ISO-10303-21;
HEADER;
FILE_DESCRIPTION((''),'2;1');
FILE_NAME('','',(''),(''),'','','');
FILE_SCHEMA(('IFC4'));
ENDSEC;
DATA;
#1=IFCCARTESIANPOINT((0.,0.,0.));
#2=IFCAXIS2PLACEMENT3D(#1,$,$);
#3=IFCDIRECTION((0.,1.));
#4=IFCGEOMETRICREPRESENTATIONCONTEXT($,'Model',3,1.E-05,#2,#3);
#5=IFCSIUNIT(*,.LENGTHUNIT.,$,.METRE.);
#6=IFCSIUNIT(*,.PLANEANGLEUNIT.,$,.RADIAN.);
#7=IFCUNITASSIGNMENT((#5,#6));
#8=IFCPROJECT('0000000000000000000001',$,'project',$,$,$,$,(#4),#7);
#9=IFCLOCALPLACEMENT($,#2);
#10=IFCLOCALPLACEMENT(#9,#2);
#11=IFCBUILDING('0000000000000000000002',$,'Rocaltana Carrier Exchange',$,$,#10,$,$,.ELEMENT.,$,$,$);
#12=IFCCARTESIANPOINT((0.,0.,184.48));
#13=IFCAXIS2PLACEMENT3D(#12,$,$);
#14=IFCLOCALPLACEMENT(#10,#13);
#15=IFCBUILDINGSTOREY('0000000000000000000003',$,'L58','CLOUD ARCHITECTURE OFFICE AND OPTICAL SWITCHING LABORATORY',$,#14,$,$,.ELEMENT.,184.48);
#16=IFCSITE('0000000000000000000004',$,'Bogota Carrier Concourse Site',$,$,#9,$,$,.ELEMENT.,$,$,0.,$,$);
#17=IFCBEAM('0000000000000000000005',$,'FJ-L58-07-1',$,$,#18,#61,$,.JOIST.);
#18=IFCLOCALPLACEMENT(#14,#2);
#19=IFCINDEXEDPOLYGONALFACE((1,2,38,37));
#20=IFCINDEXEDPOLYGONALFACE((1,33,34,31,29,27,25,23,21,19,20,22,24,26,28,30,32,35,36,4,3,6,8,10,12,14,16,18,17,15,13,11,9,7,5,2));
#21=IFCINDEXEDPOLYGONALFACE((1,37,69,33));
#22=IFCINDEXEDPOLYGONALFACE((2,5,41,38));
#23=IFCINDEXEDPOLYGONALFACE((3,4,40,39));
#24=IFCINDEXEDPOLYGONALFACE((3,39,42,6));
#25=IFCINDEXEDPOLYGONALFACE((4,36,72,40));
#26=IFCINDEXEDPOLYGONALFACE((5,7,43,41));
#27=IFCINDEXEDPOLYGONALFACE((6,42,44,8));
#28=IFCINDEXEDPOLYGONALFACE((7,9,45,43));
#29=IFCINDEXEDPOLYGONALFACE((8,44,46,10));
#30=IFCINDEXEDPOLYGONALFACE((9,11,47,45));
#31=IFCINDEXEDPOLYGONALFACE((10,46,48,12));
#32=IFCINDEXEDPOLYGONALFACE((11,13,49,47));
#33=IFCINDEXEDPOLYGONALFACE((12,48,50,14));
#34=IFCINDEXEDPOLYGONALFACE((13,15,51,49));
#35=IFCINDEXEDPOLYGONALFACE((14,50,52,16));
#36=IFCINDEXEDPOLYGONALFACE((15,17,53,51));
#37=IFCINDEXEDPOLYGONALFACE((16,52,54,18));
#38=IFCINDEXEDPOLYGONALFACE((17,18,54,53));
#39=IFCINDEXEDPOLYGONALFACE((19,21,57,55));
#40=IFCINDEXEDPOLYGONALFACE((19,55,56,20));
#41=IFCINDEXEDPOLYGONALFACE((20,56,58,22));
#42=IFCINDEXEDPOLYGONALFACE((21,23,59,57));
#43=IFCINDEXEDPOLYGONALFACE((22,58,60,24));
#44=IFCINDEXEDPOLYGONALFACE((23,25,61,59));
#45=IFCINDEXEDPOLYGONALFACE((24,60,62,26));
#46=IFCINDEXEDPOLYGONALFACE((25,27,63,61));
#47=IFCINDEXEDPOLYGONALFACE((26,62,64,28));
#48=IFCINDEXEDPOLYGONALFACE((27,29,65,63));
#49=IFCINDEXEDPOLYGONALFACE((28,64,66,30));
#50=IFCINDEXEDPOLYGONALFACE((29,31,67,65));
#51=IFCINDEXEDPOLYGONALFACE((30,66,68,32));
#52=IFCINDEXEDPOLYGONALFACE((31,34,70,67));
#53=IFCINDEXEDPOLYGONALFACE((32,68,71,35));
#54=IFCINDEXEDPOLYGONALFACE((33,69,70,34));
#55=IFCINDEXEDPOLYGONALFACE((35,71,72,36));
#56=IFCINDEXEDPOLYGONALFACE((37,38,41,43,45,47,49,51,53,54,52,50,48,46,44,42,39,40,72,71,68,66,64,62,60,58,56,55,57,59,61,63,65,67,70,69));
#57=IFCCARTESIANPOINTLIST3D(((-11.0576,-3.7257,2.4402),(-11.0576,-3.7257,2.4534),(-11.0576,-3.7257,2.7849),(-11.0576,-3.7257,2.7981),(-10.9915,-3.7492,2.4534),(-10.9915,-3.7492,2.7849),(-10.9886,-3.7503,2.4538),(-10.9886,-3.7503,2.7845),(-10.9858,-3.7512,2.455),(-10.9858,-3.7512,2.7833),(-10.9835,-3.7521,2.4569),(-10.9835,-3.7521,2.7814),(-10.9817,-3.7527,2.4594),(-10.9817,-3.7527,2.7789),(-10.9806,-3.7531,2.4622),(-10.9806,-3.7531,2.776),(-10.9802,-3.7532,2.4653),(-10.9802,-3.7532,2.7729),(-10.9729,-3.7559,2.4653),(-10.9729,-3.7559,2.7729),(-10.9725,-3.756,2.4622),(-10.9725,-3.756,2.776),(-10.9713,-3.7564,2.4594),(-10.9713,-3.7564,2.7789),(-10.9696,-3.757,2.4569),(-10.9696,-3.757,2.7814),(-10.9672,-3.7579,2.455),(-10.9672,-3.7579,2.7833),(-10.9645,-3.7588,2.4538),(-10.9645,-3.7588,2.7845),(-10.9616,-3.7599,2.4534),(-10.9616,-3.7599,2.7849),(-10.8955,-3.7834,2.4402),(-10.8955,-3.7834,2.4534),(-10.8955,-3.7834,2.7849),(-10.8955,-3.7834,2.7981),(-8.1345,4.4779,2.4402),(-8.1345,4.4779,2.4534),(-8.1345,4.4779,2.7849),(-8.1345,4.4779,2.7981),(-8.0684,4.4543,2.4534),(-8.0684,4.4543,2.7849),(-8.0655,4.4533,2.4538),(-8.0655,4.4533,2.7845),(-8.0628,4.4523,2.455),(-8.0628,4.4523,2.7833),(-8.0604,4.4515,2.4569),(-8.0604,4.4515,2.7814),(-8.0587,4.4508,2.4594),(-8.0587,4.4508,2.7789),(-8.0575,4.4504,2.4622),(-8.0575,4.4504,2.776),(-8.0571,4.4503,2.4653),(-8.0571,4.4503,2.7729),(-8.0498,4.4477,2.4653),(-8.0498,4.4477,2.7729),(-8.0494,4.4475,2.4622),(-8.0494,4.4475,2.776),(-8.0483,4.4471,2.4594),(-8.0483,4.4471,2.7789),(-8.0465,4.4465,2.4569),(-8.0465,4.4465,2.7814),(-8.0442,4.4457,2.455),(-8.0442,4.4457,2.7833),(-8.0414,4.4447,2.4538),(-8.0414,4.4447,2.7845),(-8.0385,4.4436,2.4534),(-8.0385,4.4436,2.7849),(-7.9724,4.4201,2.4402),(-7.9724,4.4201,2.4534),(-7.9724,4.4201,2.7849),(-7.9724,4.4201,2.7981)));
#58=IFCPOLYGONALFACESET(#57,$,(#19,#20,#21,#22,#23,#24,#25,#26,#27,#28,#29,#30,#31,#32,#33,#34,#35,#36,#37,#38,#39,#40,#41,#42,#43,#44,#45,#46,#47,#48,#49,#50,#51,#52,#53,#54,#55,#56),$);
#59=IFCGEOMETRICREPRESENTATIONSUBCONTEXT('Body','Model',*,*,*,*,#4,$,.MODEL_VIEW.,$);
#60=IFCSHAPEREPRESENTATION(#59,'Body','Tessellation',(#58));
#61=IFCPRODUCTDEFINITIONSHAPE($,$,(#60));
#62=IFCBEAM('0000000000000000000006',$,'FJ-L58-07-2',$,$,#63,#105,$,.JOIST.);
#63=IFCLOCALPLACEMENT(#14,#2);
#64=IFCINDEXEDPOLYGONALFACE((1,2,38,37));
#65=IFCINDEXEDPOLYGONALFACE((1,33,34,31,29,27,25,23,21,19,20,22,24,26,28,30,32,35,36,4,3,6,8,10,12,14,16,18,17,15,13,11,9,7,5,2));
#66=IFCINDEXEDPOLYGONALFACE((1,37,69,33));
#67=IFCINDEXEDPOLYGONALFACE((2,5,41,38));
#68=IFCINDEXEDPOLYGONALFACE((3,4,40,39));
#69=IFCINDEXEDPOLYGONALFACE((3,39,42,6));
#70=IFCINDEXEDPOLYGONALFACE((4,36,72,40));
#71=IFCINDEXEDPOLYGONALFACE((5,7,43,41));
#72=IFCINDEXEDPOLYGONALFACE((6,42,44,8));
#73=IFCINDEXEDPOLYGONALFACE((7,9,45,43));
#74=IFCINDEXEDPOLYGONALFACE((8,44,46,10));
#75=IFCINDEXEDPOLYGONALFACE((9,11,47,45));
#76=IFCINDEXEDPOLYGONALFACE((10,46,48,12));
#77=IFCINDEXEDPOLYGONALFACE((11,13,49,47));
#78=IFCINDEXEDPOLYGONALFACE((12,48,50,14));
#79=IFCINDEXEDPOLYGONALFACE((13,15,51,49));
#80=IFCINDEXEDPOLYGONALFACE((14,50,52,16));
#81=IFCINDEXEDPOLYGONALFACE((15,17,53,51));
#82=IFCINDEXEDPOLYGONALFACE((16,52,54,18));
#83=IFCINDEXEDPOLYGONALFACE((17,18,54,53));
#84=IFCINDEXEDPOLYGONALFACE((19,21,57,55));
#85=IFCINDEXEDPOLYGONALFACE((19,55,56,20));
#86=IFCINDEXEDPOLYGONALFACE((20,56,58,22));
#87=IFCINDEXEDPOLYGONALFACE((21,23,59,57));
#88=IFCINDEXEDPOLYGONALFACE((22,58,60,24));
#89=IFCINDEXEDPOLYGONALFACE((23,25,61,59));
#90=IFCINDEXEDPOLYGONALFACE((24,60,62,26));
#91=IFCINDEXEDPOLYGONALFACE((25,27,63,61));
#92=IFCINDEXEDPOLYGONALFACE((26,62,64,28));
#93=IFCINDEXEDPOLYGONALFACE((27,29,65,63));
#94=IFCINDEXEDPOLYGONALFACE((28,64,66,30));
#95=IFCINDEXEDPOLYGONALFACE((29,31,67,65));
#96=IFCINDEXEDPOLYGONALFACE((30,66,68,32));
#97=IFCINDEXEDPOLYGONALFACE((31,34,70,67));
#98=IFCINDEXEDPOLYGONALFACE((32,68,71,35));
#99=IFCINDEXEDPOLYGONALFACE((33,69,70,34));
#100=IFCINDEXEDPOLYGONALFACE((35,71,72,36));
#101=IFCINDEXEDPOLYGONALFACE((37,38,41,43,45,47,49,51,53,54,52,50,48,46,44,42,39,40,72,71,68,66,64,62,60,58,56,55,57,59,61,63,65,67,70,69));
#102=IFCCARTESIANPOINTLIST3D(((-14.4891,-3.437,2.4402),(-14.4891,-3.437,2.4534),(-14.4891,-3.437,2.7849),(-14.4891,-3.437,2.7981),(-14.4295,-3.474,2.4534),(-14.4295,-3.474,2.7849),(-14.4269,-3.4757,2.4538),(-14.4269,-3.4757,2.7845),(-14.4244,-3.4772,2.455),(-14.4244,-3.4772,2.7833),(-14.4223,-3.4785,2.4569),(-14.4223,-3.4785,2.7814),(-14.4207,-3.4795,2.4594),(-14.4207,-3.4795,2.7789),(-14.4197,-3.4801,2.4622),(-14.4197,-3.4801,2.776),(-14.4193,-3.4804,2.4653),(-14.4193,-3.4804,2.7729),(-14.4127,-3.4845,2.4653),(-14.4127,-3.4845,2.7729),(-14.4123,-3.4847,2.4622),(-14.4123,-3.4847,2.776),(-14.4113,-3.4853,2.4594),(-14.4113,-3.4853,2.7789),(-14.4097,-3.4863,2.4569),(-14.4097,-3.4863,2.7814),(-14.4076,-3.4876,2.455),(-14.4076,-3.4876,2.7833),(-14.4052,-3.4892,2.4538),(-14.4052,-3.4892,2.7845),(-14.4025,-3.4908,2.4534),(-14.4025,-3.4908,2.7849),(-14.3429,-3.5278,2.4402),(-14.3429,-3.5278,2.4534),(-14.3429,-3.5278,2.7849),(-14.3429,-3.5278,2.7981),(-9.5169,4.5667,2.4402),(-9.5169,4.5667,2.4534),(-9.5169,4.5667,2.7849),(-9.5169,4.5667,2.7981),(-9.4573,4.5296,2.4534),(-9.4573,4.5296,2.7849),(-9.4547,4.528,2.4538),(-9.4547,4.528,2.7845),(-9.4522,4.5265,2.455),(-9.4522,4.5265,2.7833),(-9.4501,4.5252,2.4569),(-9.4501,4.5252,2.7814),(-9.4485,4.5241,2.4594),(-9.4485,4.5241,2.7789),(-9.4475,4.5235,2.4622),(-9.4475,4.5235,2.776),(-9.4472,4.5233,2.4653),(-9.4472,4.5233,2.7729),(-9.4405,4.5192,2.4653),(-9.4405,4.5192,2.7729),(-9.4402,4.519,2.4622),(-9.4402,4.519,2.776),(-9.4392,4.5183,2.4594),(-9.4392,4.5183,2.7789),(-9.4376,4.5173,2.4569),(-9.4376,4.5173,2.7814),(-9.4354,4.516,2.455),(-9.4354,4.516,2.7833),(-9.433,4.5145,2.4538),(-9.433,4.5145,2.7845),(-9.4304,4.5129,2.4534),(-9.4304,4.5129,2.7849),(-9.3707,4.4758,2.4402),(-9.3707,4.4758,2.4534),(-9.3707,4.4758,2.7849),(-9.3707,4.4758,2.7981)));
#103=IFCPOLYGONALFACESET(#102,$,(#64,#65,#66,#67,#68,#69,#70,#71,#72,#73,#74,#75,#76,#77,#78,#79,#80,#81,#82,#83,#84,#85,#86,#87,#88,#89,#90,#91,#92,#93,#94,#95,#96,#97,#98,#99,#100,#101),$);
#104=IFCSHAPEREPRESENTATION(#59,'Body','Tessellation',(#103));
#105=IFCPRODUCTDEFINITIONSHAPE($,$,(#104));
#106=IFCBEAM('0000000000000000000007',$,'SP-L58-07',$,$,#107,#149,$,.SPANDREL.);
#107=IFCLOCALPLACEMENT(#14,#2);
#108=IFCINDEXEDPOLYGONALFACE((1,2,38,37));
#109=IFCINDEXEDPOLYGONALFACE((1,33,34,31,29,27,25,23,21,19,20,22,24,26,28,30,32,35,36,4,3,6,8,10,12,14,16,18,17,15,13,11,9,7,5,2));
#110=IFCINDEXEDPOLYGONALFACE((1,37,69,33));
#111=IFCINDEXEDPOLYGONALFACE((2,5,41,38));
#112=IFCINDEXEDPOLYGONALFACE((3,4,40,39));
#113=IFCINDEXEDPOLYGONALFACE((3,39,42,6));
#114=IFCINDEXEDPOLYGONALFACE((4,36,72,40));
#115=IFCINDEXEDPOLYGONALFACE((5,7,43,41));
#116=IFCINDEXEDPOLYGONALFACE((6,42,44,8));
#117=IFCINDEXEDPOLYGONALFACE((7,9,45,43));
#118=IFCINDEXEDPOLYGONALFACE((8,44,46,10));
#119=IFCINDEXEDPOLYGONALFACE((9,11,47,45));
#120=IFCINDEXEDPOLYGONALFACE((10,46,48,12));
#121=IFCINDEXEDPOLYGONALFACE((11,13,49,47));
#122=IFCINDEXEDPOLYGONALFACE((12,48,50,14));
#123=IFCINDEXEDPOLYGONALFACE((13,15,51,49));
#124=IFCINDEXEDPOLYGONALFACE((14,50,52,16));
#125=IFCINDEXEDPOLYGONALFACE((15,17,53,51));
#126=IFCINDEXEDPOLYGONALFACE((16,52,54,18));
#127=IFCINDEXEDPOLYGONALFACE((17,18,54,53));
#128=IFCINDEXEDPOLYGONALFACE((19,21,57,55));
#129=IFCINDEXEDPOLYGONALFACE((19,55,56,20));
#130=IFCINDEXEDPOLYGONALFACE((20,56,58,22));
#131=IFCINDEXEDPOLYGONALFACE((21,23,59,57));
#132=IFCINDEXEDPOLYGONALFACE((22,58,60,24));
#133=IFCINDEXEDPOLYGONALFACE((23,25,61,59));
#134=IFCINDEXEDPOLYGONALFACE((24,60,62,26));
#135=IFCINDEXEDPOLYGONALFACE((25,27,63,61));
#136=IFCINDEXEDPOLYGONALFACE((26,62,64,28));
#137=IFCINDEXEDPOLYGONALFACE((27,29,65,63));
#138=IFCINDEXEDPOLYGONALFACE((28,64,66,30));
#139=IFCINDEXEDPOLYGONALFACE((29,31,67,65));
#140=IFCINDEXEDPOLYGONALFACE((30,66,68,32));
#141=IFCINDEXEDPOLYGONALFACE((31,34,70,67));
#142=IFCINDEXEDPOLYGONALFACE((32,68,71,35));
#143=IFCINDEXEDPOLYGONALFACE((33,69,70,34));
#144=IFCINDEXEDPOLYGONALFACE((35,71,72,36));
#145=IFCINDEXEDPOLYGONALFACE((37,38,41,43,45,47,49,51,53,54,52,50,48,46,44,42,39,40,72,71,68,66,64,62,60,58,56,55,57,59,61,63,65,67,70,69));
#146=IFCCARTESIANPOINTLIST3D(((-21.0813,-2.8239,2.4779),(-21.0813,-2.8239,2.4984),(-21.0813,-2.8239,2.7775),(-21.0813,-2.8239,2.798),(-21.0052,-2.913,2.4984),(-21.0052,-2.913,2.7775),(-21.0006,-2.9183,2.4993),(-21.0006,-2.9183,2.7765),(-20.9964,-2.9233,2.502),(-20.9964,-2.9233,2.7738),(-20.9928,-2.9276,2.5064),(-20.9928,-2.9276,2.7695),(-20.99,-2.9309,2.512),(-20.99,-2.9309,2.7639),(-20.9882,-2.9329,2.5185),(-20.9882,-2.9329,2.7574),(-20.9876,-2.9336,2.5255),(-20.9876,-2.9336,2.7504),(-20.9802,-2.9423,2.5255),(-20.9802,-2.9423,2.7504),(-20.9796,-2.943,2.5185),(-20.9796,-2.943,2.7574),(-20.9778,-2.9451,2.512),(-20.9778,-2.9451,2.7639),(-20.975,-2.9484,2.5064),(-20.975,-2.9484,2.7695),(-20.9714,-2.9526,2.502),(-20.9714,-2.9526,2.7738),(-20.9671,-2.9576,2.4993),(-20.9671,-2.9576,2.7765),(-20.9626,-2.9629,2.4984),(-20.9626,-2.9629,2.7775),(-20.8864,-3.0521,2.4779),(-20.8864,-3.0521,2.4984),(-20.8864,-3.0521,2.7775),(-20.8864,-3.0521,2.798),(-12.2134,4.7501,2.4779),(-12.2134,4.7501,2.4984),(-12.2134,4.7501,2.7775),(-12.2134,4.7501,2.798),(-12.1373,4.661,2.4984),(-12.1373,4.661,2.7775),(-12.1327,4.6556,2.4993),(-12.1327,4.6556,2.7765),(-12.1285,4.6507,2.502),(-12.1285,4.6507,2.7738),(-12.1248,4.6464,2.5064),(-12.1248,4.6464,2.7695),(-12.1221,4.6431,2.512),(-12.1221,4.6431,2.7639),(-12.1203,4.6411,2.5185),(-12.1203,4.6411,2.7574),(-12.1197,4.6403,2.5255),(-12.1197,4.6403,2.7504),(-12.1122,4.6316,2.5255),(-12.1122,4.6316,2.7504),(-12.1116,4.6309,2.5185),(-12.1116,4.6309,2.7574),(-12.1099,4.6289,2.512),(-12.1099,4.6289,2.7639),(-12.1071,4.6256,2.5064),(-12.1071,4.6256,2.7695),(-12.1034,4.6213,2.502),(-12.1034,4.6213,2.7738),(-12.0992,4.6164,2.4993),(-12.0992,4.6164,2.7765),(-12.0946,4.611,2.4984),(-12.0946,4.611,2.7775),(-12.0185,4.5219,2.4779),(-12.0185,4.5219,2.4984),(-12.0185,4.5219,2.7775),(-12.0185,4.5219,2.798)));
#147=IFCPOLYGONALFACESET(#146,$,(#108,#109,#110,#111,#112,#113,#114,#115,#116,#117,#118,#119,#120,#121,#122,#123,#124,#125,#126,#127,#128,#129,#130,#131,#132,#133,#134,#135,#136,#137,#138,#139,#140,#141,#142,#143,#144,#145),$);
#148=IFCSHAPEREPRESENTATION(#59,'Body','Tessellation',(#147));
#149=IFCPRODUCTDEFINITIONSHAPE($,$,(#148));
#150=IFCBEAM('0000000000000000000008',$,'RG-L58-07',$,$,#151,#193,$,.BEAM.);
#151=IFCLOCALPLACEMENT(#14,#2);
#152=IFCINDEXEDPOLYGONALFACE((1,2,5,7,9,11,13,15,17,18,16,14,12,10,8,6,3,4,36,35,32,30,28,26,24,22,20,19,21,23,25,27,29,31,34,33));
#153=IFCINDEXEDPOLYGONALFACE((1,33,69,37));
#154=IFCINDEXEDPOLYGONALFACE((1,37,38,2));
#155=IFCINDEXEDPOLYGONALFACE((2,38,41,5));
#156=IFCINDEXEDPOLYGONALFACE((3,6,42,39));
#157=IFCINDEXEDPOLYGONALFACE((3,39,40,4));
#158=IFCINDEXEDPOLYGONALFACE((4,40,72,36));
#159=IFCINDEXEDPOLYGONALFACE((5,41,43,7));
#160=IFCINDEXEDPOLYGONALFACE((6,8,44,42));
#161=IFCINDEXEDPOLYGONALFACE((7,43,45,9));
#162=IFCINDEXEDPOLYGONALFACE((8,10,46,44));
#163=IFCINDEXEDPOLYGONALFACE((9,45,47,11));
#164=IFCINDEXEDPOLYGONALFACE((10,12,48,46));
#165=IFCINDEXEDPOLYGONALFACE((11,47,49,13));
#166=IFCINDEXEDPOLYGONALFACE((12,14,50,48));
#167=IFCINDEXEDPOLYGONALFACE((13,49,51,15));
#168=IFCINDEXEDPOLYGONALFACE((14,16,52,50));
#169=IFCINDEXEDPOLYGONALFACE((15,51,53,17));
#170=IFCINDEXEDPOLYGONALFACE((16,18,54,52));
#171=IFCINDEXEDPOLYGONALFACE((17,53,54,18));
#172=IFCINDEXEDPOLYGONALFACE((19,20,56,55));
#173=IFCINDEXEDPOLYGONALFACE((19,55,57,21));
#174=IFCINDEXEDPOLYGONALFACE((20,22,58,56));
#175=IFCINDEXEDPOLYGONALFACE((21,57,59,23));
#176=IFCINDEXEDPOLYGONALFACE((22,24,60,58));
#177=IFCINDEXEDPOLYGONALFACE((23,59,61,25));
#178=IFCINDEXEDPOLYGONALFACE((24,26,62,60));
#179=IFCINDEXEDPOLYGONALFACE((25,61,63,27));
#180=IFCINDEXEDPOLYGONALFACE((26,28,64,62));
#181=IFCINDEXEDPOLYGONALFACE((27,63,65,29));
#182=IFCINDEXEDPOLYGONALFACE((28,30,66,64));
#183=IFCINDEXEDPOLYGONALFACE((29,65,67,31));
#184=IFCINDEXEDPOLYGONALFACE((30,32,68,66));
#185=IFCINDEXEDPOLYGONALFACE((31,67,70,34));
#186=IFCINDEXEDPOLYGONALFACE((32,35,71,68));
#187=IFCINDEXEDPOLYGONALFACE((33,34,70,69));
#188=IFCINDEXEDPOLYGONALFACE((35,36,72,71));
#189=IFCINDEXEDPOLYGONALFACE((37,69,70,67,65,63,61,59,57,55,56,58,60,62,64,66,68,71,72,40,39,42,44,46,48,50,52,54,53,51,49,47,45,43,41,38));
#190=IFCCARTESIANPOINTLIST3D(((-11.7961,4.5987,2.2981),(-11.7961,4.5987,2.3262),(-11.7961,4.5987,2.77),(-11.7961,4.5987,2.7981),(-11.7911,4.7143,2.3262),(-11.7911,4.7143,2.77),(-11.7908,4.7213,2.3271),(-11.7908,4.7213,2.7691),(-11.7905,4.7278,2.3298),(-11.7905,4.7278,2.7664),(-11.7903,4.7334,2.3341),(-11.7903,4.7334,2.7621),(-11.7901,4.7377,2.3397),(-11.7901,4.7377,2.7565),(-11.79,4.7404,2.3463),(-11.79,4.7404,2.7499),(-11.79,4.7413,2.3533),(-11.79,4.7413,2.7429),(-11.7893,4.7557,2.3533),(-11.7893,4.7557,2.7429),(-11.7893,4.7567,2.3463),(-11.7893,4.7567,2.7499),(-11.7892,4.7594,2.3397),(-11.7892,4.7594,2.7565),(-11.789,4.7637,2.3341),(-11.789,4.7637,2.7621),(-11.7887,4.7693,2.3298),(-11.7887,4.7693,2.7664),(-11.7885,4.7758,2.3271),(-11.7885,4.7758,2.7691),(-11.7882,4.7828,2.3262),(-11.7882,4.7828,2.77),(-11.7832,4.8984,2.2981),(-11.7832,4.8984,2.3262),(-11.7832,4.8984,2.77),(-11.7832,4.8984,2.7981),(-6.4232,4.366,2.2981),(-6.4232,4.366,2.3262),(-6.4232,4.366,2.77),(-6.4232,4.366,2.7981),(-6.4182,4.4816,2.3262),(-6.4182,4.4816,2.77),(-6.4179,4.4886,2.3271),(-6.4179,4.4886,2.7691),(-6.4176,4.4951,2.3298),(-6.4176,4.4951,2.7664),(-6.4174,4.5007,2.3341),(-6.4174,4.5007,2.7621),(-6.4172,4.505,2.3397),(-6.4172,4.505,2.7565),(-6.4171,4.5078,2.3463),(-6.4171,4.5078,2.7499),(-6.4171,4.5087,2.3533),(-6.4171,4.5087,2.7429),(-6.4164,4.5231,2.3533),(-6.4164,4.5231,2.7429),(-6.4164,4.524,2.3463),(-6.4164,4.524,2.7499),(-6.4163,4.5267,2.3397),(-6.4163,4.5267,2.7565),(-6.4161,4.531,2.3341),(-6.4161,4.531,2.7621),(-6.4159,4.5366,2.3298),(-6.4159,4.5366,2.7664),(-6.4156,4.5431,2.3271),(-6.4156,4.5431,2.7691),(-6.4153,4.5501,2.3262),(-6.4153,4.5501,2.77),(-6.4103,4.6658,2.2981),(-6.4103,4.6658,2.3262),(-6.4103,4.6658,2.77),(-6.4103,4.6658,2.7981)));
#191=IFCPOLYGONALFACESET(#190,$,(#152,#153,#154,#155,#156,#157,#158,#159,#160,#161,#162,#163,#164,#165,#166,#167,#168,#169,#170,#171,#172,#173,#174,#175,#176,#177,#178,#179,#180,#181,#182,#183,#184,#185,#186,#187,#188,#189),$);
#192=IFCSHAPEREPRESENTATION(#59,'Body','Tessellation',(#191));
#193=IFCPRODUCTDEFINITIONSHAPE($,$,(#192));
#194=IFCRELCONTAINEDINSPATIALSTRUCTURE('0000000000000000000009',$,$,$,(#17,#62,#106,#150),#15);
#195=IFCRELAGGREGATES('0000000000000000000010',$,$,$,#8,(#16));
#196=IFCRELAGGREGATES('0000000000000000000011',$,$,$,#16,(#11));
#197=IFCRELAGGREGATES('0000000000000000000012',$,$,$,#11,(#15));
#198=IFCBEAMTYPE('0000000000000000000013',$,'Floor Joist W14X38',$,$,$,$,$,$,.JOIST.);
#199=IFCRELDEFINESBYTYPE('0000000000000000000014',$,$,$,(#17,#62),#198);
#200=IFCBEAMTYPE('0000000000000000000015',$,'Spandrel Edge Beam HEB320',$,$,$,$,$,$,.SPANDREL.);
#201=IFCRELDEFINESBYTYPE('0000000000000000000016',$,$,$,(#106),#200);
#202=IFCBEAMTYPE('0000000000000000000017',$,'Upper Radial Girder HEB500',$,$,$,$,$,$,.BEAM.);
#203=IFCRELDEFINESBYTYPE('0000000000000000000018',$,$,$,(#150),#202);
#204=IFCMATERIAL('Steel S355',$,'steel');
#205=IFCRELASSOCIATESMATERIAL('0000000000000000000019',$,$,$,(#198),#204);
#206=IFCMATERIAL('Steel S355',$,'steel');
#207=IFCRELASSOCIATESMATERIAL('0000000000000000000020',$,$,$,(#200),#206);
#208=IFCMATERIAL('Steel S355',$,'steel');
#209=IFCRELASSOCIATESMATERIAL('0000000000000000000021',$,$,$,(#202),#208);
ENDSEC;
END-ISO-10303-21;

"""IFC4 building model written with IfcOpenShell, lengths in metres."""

from ifc_helpers import new_model, si_unit, direction, frame, origin, origin_2d, place, context, subcontext, project, spatial, i_section, extrude, material, material_profile, profile_set, type_object, element, save


model = new_model("IFC4")

# Units and contexts
model_context = context("Model", 3, precision=1e-05, world=origin(), true_north=direction((0.0, 1.0)))
body_context = subcontext(model_context, "Body", "Model", "MODEL_VIEW")
ifc_project = project(units=[si_unit("LENGTHUNIT", "METRE"), si_unit("PLANEANGLEUNIT", "RADIAN")], contexts=[model_context])

# Site, building, storey
site_placement = place(None, origin())
site = spatial("IfcSite", under=ifc_project, at=site_placement, Name="Bogota Carrier Concourse Site", CompositionType="ELEMENT", RefElevation=0.0)
building_placement = place(site_placement, origin())
building = spatial("IfcBuilding", under=site, at=building_placement, Name="Rocaltana Carrier Exchange", CompositionType="ELEMENT")
storey_placement = place(building_placement, frame((0.0, 0.0, 184.48)))
storey = spatial("IfcBuildingStorey", under=building, at=storey_placement, Name="L58", Description="CLOUD ARCHITECTURE OFFICE AND OPTICAL SWITCHING LABORATORY", CompositionType="ELEMENT", Elevation=184.48)

# Beams
ifc_material_1 = material(Name="Steel S355", Category="steel")
ifc_material_profile_1 = material_profile(ifc_material_1, i_section(OverallWidth=0.1721, OverallDepth=0.3579, WebThickness=0.0078, FlangeThickness=0.0132, FilletRadius=0.012, at=origin_2d()), Name="W14X38")
ifc_profile_set_1 = profile_set([ifc_material_profile_1], Name="Steel S355")
beam_type_1 = type_object("IfcBeamType", Name="Floor Joist W14X38", PredefinedType="JOIST", material=ifc_profile_set_1)
beam_1_placement = place(storey_placement, frame((-8.0535, 4.449, 2.6191), z_axis=(-0.335647, -0.941988, 0.0), x_axis=(0.941988, -0.335647, 0.0)))
element("IfcBeam", 1, at=beam_1_placement, inside=storey, type_object=beam_type_1, Name="FJ-L58-07-1", PredefinedType="JOIST", context=body_context, shape_type="SweptSolid", body=[
    extrude(i_section(OverallWidth=0.1721, OverallDepth=0.3579, WebThickness=0.0078, FlangeThickness=0.0132, FilletRadius=0.012, at=origin_2d()), origin(), (0.0, 0.0, 1.0), 8.7087),
])
beam_2_placement = place(storey_placement, frame((-9.4438, 4.5212, 2.6191), z_axis=(-0.527698, -0.849432, 0.0), x_axis=(0.849432, -0.527698, 0.0)))
element("IfcBeam", 2, at=beam_2_placement, inside=storey, type_object=beam_type_1, Name="FJ-L58-07-2", PredefinedType="JOIST", context=body_context, shape_type="SweptSolid", body=[
    extrude(i_section(OverallWidth=0.1721, OverallDepth=0.3579, WebThickness=0.0078, FlangeThickness=0.0132, FilletRadius=0.012, at=origin_2d()), origin(), (0.0, 0.0, 1.0), 9.4224),
])
ifc_material_2 = material(Name="Steel S355", Category="steel")
ifc_material_profile_2 = material_profile(ifc_material_2, i_section(OverallWidth=0.3, OverallDepth=0.3201, WebThickness=0.0115, FlangeThickness=0.0205, FilletRadius=0.0271, at=origin_2d()), Name="HEB320")
ifc_profile_set_2 = profile_set([ifc_material_profile_2], Name="Steel S355")
beam_type_2 = type_object("IfcBeamType", Name="Spandrel Edge Beam HEB320", PredefinedType="SPANDREL", material=ifc_profile_set_2)
beam_3_placement = place(storey_placement, frame((-12.116, 4.636, 2.6379), z_axis=(-0.760404, -0.649451, 0.0), x_axis=(0.649451, -0.760404, 0.0)))
element("IfcBeam", 3, at=beam_3_placement, inside=storey, type_object=beam_type_2, Name="SP-L58-07", PredefinedType="SPANDREL", context=body_context, shape_type="SweptSolid", body=[
    extrude(i_section(OverallWidth=0.3, OverallDepth=0.3201, WebThickness=0.0115, FlangeThickness=0.0205, FilletRadius=0.0271, at=origin_2d()), origin(), (0.0, 0.0, 1.0), 11.6621),
])
ifc_material_3 = material(Name="Steel S355", Category="steel")
ifc_material_profile_3 = material_profile(ifc_material_3, i_section(OverallWidth=0.3, OverallDepth=0.5, WebThickness=0.0144, FlangeThickness=0.0281, FilletRadius=0.0271, at=origin_2d()), Name="HEB500")
ifc_profile_set_3 = profile_set([ifc_material_profile_3], Name="Steel S355")
beam_type_3 = type_object("IfcBeamType", Name="Upper Radial Girder HEB500", PredefinedType="BEAM", material=ifc_profile_set_3)
beam_4_placement = place(storey_placement, frame((-6.4167, 4.5159, 2.5481), z_axis=(-0.999064, 0.043264, 0.0), x_axis=(-0.043264, -0.999064, 0.0)))
element("IfcBeam", 4, at=beam_4_placement, inside=storey, type_object=beam_type_3, Name="RG-L58-07", PredefinedType="BEAM", context=body_context, shape_type="SweptSolid", body=[
    extrude(i_section(OverallWidth=0.3, OverallDepth=0.5, WebThickness=0.0144, FlangeThickness=0.0281, FilletRadius=0.0271, at=origin_2d()), origin(), (0.0, 0.0, 1.0), 5.3779),
])

save(model, "model.ifc")
